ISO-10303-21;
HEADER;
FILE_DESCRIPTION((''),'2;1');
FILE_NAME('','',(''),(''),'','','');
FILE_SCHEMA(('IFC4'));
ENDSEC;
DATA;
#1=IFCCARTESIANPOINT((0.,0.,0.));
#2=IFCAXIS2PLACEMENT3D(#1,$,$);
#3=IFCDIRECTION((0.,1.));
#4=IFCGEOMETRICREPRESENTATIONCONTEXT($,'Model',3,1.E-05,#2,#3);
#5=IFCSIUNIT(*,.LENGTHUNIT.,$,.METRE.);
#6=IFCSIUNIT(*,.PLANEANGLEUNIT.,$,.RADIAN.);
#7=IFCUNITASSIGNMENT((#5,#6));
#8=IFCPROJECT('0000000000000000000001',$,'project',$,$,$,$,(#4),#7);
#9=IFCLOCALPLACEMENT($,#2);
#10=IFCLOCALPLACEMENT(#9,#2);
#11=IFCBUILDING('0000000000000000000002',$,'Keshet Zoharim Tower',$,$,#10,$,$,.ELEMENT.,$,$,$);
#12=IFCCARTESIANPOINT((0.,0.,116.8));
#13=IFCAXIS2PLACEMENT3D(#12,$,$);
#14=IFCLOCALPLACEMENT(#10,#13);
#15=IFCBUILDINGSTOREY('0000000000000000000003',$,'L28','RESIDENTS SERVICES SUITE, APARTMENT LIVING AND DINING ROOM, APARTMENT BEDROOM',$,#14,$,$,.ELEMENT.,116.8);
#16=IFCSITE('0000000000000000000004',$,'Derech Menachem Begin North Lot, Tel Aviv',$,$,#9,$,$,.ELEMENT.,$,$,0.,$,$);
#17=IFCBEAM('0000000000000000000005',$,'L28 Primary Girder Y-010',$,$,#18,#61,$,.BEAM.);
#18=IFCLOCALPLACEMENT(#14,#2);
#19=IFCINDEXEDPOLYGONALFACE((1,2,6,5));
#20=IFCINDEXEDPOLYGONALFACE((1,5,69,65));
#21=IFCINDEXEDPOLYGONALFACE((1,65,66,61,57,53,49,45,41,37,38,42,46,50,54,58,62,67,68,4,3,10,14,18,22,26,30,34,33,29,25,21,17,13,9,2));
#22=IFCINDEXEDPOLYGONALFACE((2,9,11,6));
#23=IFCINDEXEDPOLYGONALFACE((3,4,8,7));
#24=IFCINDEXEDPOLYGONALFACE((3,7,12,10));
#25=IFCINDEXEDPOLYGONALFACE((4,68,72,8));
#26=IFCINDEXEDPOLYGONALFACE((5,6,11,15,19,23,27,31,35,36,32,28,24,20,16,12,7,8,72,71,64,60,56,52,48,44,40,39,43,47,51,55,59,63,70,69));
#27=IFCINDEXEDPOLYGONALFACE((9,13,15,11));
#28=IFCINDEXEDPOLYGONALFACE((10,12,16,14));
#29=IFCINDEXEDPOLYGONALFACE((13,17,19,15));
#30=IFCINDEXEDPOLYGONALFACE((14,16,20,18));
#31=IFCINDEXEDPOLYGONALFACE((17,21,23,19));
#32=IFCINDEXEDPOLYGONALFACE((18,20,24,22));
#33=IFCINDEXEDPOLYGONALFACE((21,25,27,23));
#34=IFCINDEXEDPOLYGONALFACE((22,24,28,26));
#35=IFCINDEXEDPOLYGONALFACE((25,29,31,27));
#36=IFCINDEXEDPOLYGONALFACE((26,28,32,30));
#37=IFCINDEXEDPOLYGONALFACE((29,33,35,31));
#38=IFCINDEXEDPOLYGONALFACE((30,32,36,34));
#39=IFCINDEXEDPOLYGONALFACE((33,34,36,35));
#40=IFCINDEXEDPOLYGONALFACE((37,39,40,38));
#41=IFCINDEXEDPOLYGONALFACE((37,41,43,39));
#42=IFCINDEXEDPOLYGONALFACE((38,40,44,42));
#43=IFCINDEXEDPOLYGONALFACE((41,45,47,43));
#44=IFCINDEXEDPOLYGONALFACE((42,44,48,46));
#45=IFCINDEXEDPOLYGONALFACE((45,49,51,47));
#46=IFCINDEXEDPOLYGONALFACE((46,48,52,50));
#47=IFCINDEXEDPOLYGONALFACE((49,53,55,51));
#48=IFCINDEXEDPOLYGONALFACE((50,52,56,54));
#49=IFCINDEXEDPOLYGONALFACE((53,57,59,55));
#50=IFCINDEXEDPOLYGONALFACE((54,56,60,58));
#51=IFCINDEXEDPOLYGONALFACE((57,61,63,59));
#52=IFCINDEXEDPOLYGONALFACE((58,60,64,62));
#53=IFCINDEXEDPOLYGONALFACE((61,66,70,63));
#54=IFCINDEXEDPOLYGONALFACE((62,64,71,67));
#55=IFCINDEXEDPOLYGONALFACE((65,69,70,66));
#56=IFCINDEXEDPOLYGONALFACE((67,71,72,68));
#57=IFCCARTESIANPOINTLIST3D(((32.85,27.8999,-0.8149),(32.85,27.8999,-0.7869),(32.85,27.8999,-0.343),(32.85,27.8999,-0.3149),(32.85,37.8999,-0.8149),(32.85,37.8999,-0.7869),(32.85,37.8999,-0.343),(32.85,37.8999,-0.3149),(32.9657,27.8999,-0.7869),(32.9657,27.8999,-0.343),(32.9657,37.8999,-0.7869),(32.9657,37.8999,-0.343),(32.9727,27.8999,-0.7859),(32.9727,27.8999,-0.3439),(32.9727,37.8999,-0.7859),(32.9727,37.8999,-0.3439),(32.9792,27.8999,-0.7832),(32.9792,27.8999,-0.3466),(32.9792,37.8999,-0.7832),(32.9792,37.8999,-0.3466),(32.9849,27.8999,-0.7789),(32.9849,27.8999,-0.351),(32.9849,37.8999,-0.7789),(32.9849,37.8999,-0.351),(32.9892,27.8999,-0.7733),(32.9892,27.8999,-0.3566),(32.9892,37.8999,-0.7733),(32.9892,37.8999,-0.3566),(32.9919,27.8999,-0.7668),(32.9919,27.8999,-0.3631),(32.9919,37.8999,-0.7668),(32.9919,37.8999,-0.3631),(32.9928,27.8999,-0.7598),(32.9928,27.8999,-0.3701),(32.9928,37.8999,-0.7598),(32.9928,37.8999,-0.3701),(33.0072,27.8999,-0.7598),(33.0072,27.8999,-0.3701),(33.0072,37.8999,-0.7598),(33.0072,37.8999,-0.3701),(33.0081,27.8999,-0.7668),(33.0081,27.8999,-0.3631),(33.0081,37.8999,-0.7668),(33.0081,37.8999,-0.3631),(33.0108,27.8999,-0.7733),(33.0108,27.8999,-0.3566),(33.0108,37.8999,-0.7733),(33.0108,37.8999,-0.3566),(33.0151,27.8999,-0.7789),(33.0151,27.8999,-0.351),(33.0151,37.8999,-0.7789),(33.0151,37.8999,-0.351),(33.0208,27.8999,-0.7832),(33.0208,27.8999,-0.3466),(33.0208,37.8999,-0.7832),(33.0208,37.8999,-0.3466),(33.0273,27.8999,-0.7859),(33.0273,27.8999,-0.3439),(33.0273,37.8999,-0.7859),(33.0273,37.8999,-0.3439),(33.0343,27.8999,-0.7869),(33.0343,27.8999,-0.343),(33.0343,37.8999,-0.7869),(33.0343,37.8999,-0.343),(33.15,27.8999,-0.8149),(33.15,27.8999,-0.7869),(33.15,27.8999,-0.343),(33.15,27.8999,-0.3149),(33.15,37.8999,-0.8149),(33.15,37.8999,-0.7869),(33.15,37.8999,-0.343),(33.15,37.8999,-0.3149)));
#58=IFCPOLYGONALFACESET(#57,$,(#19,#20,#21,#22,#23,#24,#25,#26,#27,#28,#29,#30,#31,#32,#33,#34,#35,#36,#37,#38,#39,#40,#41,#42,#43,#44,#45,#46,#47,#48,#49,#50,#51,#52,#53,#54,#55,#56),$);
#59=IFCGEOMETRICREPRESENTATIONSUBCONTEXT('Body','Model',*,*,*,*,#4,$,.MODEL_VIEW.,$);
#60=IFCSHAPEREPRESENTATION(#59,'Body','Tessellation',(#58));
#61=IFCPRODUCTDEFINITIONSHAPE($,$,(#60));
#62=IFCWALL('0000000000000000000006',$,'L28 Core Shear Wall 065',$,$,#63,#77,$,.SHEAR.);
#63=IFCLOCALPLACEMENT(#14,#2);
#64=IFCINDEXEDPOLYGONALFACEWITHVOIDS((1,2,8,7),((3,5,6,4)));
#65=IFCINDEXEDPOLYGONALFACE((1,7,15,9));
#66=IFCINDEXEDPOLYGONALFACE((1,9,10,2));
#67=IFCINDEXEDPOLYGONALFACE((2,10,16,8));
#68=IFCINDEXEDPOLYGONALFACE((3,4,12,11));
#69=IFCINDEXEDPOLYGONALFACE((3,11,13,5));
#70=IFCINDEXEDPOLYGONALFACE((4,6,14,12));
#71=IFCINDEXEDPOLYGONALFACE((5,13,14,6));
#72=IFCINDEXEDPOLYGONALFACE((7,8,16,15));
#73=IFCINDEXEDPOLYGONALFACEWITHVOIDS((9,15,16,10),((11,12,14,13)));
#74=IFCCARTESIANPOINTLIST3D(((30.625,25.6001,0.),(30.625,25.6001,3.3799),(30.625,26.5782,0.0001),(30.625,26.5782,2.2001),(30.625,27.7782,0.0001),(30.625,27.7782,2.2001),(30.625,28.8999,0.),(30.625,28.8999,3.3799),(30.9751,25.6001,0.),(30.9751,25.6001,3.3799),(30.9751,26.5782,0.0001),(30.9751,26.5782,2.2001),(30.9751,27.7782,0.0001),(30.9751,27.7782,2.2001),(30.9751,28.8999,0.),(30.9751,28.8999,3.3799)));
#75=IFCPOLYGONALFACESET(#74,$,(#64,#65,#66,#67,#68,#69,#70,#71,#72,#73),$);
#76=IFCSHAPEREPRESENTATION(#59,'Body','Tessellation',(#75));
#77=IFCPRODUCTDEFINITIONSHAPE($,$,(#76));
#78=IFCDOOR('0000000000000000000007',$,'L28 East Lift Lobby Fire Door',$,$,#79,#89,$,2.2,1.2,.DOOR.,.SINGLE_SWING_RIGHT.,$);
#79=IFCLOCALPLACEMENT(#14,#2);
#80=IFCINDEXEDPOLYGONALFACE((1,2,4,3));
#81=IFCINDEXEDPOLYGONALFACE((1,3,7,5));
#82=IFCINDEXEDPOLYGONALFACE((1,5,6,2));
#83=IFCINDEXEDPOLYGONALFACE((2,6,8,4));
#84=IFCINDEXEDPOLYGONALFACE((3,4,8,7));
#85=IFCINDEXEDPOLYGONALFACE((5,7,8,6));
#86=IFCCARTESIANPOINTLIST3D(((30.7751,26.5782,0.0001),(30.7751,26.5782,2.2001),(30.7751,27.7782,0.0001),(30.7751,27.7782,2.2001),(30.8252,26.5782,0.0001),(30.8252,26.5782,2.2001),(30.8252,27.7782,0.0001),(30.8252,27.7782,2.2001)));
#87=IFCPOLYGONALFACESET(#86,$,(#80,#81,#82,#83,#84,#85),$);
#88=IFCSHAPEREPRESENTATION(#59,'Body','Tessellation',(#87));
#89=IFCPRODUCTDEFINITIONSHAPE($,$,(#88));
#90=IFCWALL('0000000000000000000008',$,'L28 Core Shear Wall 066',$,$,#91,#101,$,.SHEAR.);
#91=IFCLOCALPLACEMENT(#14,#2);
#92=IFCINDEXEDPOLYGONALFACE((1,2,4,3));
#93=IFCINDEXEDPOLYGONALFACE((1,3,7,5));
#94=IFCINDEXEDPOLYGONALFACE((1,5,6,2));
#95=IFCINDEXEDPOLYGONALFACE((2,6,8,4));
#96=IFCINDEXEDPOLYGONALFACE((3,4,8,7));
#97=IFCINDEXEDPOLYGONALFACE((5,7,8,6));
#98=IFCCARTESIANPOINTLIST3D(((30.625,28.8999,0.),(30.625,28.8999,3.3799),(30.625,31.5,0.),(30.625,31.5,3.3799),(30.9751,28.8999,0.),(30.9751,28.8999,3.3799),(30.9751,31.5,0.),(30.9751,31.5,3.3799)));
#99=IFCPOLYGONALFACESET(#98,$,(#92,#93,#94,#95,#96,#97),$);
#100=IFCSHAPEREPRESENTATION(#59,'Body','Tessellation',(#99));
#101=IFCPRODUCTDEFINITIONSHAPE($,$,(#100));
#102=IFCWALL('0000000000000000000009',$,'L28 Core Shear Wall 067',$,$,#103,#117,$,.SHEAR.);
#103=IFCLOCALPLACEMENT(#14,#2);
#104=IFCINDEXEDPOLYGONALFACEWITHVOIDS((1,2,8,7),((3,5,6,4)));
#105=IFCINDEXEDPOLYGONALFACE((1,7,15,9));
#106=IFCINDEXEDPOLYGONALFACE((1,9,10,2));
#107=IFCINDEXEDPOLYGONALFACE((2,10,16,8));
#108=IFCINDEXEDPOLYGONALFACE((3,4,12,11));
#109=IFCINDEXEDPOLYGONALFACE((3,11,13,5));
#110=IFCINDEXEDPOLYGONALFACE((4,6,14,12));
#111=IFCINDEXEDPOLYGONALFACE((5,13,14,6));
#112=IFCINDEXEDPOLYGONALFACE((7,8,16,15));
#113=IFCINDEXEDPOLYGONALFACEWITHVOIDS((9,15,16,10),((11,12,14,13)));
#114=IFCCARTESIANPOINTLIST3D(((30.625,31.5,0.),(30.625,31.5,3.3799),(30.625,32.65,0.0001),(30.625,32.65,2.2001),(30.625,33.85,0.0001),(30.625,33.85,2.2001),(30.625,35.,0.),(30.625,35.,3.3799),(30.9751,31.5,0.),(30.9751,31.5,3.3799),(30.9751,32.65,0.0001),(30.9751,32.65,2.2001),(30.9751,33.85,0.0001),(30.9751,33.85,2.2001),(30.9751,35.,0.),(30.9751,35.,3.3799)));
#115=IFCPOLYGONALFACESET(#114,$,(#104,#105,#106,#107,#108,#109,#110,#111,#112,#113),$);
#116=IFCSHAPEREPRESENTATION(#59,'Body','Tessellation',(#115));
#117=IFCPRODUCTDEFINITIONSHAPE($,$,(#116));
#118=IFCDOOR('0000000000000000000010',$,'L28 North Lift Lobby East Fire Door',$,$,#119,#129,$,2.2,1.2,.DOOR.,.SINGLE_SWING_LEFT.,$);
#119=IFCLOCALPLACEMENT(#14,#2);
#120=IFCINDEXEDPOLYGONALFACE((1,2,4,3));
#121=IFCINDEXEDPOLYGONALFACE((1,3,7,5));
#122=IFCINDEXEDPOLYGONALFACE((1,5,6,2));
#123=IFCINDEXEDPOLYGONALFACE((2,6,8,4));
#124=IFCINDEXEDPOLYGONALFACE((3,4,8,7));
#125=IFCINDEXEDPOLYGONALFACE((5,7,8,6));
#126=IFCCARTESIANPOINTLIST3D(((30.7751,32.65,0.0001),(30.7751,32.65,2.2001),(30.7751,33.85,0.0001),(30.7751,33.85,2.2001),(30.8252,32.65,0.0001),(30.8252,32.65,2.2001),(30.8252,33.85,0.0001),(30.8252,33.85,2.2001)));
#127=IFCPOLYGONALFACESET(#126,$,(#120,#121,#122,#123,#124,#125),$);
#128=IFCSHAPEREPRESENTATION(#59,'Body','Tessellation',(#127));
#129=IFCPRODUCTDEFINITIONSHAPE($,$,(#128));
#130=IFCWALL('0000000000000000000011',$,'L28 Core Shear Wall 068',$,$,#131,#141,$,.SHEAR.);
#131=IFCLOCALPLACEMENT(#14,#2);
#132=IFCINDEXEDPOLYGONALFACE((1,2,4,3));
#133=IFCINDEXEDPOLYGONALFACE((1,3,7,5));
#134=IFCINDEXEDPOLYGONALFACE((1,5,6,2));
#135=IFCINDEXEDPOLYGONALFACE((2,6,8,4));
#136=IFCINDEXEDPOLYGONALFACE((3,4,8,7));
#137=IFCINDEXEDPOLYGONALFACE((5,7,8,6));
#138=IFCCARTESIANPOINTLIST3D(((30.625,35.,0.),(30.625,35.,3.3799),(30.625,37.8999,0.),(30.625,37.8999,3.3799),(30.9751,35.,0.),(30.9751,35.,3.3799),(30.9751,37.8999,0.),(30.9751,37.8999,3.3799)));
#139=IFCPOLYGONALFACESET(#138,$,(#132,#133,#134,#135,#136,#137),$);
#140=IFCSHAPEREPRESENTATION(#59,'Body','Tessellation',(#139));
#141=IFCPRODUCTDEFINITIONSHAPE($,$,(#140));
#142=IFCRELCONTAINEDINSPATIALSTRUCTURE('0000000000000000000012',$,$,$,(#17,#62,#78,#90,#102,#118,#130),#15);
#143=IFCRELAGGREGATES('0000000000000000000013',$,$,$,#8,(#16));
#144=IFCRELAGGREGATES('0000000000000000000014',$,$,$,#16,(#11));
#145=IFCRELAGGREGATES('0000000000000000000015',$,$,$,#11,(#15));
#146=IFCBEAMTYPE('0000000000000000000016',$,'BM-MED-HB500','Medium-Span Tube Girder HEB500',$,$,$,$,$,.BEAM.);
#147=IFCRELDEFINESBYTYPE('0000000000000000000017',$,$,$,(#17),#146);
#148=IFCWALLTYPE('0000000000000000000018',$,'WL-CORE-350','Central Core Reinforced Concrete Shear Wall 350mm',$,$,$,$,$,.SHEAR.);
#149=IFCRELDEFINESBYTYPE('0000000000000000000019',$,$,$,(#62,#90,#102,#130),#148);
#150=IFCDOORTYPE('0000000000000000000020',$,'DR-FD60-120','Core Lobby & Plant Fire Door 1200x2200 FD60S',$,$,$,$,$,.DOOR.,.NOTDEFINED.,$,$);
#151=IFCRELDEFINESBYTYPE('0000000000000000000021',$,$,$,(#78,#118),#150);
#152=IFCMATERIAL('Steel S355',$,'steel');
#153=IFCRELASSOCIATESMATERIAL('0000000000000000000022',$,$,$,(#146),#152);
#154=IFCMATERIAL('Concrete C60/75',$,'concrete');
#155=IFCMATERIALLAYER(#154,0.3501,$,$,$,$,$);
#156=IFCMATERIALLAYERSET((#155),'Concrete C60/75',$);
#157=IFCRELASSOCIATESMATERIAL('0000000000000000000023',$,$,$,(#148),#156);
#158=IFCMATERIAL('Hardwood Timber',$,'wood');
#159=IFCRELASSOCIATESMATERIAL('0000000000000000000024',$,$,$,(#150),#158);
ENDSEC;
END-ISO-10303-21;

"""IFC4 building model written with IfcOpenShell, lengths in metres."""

from ifc_helpers import new_model, si_unit, direction, frame, frame_2d, origin, origin_2d, place, context, subcontext, project, spatial, rectangle, i_section, extrude, material, layer, layer_set, material_profile, profile_set, type_object, element, fill, save


model = new_model("IFC4")

# Units and contexts
model_context = context("Model", 3, precision=1e-05, world=origin(), true_north=direction((0.0, 1.0)))
body_context = subcontext(model_context, "Body", "Model", "MODEL_VIEW")
ifc_project = project(units=[si_unit("LENGTHUNIT", "METRE"), si_unit("PLANEANGLEUNIT", "RADIAN")], contexts=[model_context])

# Site, building, storey
site_placement = place(None, origin())
site = spatial("IfcSite", under=ifc_project, at=site_placement, Name="Derech Menachem Begin North Lot, Tel Aviv", CompositionType="ELEMENT", RefElevation=0.0)
building_placement = place(site_placement, origin())
building = spatial("IfcBuilding", under=site, at=building_placement, Name="Keshet Zoharim Tower", CompositionType="ELEMENT")
storey_placement = place(building_placement, frame((0.0, 0.0, 116.8)))
storey = spatial("IfcBuildingStorey", under=building, at=storey_placement, Name="L28", Description="RESIDENTS SERVICES SUITE, APARTMENT LIVING AND DINING ROOM, APARTMENT BEDROOM", CompositionType="ELEMENT", Elevation=116.8)

# Shared definitions
ifc_material_1 = material(Name="Concrete C60/75", Category="concrete")

# Beam
ifc_material_2 = material(Name="Steel S355", Category="steel")
ifc_material_profile_1 = material_profile(ifc_material_2, i_section(OverallWidth=0.3, OverallDepth=0.5, WebThickness=0.0144, FlangeThickness=0.0281, FilletRadius=0.0271, at=origin_2d()), Name="HEB500")
ifc_profile_set_1 = profile_set([ifc_material_profile_1], Name="Steel S355")
beam_type_1 = type_object("IfcBeamType", Name="BM-MED-HB500", Description="Medium-Span Tube Girder HEB500", PredefinedType="BEAM", material=ifc_profile_set_1)
beam_1_placement = place(storey_placement, frame((33.0, 27.8999, -0.5649), z_axis=(0.0, 1.0, 0.0), x_axis=(-1.0, 0.0, 0.0)))
element("IfcBeam", 1, at=beam_1_placement, inside=storey, type_object=beam_type_1, Name="L28 Primary Girder Y-010", PredefinedType="BEAM", context=body_context, shape_type="SweptSolid", body=[
    extrude(i_section(OverallWidth=0.3, OverallDepth=0.5, WebThickness=0.0144, FlangeThickness=0.0281, FilletRadius=0.0271, at=origin_2d()), origin(), (0.0, 0.0, 1.0), 10.0),
])

# Wall, opening, door
ifc_layer_1 = layer(ifc_material_1, 0.3501)
ifc_layer_set_1 = layer_set([ifc_layer_1], Name="Concrete C60/75")
wall_type_1 = type_object("IfcWallType", Name="WL-CORE-350", Description="Central Core Reinforced Concrete Shear Wall 350mm", PredefinedType="SHEAR", material=ifc_layer_set_1)
wall_1_placement = place(storey_placement, frame((30.8, 25.6001, 0.0), z_axis=(0.0, 0.0, 1.0), x_axis=(0.0, 1.0, 0.0)))
wall_1 = element("IfcWall", 2, at=wall_1_placement, inside=storey, type_object=wall_type_1, Name="L28 Core Shear Wall 065", PredefinedType="SHEAR", context=body_context, shape_type="SweptSolid", body=[
    extrude(rectangle(XDim=3.2998, YDim=0.3501, at=frame_2d((1.6499, 0.0))), origin(), (0.0, 0.0, 1.0), 3.3799),
])
opening_1_placement = place(wall_1_placement, frame((0.978, 0.0, 0.0)))
opening_1 = element("IfcOpeningElement", 3, at=opening_1_placement, cuts=wall_1, PredefinedType="OPENING", context=body_context, shape_type="SweptSolid", body=[
    extrude(rectangle(XDim=1.2, YDim=2.2, at=frame_2d((0.6001, 1.1001))), frame((0.0, 0.1851, 0.0), z_axis=(0.0, -1.0, 0.0), x_axis=(1.0, 0.0, 0.0)), (0.0, 0.0, 1.0), 0.3701),
])
ifc_material_3 = material(Name="Hardwood Timber", Category="wood")
door_type_1 = type_object("IfcDoorType", Name="DR-FD60-120", Description="Core Lobby & Plant Fire Door 1200x2200 FD60S", OperationType="NOTDEFINED", PredefinedType="DOOR", material=ifc_material_3)
door_1_placement = place(opening_1_placement, origin())
door_1 = element("IfcDoor", 4, at=door_1_placement, inside=storey, type_object=door_type_1, Name="L28 East Lift Lobby Fire Door", OperationType="SINGLE_SWING_RIGHT", OverallHeight=2.2, OverallWidth=1.2, PredefinedType="DOOR", context=body_context, shape_type="SweptSolid", body=[
    extrude(rectangle(XDim=1.2, YDim=2.2, at=frame_2d((0.6001, 1.1001))), frame((0.0, 0.0249, 0.0), z_axis=(0.0, -1.0, 0.0), x_axis=(1.0, 0.0, 0.0)), (0.0, 0.0, 1.0), 0.05),
])
fill(opening_1, door_1)

# Wall
wall_2_placement = place(storey_placement, frame((30.8, 28.8999, 0.0), z_axis=(0.0, 0.0, 1.0), x_axis=(0.0, 1.0, 0.0)))
element("IfcWall", 5, at=wall_2_placement, inside=storey, type_object=wall_type_1, Name="L28 Core Shear Wall 066", PredefinedType="SHEAR", context=body_context, shape_type="SweptSolid", body=[
    extrude(rectangle(XDim=2.6001, YDim=0.3501, at=frame_2d((1.3, 0.0))), origin(), (0.0, 0.0, 1.0), 3.3799),
])

# Wall, opening, door
wall_3_placement = place(storey_placement, frame((30.8, 31.5, 0.0), z_axis=(0.0, 0.0, 1.0), x_axis=(0.0, 1.0, 0.0)))
wall_3 = element("IfcWall", 6, at=wall_3_placement, inside=storey, type_object=wall_type_1, Name="L28 Core Shear Wall 067", PredefinedType="SHEAR", context=body_context, shape_type="SweptSolid", body=[
    extrude(rectangle(XDim=3.5, YDim=0.3501, at=frame_2d((1.75, 0.0))), origin(), (0.0, 0.0, 1.0), 3.3799),
])
opening_2_placement = place(wall_3_placement, frame((1.1499, 0.0, 0.0)))
opening_2 = element("IfcOpeningElement", 7, at=opening_2_placement, cuts=wall_3, PredefinedType="OPENING", context=body_context, shape_type="SweptSolid", body=[
    extrude(rectangle(XDim=1.2, YDim=2.2, at=frame_2d((0.6001, 1.1001))), frame((0.0, 0.1851, 0.0), z_axis=(0.0, -1.0, 0.0), x_axis=(1.0, 0.0, 0.0)), (0.0, 0.0, 1.0), 0.3701),
])
door_2_placement = place(opening_2_placement, origin())
door_2 = element("IfcDoor", 8, at=door_2_placement, inside=storey, type_object=door_type_1, Name="L28 North Lift Lobby East Fire Door", OperationType="SINGLE_SWING_LEFT", OverallHeight=2.2, OverallWidth=1.2, PredefinedType="DOOR", context=body_context, shape_type="SweptSolid", body=[
    extrude(rectangle(XDim=1.2, YDim=2.2, at=frame_2d((0.6001, 1.1001))), frame((0.0, 0.0249, 0.0), z_axis=(0.0, -1.0, 0.0), x_axis=(1.0, 0.0, 0.0)), (0.0, 0.0, 1.0), 0.05),
])
fill(opening_2, door_2)

# Wall
wall_4_placement = place(storey_placement, frame((30.8, 35.0, 0.0), z_axis=(0.0, 0.0, 1.0), x_axis=(0.0, 1.0, 0.0)))
element("IfcWall", 9, at=wall_4_placement, inside=storey, type_object=wall_type_1, Name="L28 Core Shear Wall 068", PredefinedType="SHEAR", context=body_context, shape_type="SweptSolid", body=[
    extrude(rectangle(XDim=2.8999, YDim=0.3501, at=frame_2d((1.45, 0.0))), origin(), (0.0, 0.0, 1.0), 3.3799),
])

save(model, "model.ifc")
